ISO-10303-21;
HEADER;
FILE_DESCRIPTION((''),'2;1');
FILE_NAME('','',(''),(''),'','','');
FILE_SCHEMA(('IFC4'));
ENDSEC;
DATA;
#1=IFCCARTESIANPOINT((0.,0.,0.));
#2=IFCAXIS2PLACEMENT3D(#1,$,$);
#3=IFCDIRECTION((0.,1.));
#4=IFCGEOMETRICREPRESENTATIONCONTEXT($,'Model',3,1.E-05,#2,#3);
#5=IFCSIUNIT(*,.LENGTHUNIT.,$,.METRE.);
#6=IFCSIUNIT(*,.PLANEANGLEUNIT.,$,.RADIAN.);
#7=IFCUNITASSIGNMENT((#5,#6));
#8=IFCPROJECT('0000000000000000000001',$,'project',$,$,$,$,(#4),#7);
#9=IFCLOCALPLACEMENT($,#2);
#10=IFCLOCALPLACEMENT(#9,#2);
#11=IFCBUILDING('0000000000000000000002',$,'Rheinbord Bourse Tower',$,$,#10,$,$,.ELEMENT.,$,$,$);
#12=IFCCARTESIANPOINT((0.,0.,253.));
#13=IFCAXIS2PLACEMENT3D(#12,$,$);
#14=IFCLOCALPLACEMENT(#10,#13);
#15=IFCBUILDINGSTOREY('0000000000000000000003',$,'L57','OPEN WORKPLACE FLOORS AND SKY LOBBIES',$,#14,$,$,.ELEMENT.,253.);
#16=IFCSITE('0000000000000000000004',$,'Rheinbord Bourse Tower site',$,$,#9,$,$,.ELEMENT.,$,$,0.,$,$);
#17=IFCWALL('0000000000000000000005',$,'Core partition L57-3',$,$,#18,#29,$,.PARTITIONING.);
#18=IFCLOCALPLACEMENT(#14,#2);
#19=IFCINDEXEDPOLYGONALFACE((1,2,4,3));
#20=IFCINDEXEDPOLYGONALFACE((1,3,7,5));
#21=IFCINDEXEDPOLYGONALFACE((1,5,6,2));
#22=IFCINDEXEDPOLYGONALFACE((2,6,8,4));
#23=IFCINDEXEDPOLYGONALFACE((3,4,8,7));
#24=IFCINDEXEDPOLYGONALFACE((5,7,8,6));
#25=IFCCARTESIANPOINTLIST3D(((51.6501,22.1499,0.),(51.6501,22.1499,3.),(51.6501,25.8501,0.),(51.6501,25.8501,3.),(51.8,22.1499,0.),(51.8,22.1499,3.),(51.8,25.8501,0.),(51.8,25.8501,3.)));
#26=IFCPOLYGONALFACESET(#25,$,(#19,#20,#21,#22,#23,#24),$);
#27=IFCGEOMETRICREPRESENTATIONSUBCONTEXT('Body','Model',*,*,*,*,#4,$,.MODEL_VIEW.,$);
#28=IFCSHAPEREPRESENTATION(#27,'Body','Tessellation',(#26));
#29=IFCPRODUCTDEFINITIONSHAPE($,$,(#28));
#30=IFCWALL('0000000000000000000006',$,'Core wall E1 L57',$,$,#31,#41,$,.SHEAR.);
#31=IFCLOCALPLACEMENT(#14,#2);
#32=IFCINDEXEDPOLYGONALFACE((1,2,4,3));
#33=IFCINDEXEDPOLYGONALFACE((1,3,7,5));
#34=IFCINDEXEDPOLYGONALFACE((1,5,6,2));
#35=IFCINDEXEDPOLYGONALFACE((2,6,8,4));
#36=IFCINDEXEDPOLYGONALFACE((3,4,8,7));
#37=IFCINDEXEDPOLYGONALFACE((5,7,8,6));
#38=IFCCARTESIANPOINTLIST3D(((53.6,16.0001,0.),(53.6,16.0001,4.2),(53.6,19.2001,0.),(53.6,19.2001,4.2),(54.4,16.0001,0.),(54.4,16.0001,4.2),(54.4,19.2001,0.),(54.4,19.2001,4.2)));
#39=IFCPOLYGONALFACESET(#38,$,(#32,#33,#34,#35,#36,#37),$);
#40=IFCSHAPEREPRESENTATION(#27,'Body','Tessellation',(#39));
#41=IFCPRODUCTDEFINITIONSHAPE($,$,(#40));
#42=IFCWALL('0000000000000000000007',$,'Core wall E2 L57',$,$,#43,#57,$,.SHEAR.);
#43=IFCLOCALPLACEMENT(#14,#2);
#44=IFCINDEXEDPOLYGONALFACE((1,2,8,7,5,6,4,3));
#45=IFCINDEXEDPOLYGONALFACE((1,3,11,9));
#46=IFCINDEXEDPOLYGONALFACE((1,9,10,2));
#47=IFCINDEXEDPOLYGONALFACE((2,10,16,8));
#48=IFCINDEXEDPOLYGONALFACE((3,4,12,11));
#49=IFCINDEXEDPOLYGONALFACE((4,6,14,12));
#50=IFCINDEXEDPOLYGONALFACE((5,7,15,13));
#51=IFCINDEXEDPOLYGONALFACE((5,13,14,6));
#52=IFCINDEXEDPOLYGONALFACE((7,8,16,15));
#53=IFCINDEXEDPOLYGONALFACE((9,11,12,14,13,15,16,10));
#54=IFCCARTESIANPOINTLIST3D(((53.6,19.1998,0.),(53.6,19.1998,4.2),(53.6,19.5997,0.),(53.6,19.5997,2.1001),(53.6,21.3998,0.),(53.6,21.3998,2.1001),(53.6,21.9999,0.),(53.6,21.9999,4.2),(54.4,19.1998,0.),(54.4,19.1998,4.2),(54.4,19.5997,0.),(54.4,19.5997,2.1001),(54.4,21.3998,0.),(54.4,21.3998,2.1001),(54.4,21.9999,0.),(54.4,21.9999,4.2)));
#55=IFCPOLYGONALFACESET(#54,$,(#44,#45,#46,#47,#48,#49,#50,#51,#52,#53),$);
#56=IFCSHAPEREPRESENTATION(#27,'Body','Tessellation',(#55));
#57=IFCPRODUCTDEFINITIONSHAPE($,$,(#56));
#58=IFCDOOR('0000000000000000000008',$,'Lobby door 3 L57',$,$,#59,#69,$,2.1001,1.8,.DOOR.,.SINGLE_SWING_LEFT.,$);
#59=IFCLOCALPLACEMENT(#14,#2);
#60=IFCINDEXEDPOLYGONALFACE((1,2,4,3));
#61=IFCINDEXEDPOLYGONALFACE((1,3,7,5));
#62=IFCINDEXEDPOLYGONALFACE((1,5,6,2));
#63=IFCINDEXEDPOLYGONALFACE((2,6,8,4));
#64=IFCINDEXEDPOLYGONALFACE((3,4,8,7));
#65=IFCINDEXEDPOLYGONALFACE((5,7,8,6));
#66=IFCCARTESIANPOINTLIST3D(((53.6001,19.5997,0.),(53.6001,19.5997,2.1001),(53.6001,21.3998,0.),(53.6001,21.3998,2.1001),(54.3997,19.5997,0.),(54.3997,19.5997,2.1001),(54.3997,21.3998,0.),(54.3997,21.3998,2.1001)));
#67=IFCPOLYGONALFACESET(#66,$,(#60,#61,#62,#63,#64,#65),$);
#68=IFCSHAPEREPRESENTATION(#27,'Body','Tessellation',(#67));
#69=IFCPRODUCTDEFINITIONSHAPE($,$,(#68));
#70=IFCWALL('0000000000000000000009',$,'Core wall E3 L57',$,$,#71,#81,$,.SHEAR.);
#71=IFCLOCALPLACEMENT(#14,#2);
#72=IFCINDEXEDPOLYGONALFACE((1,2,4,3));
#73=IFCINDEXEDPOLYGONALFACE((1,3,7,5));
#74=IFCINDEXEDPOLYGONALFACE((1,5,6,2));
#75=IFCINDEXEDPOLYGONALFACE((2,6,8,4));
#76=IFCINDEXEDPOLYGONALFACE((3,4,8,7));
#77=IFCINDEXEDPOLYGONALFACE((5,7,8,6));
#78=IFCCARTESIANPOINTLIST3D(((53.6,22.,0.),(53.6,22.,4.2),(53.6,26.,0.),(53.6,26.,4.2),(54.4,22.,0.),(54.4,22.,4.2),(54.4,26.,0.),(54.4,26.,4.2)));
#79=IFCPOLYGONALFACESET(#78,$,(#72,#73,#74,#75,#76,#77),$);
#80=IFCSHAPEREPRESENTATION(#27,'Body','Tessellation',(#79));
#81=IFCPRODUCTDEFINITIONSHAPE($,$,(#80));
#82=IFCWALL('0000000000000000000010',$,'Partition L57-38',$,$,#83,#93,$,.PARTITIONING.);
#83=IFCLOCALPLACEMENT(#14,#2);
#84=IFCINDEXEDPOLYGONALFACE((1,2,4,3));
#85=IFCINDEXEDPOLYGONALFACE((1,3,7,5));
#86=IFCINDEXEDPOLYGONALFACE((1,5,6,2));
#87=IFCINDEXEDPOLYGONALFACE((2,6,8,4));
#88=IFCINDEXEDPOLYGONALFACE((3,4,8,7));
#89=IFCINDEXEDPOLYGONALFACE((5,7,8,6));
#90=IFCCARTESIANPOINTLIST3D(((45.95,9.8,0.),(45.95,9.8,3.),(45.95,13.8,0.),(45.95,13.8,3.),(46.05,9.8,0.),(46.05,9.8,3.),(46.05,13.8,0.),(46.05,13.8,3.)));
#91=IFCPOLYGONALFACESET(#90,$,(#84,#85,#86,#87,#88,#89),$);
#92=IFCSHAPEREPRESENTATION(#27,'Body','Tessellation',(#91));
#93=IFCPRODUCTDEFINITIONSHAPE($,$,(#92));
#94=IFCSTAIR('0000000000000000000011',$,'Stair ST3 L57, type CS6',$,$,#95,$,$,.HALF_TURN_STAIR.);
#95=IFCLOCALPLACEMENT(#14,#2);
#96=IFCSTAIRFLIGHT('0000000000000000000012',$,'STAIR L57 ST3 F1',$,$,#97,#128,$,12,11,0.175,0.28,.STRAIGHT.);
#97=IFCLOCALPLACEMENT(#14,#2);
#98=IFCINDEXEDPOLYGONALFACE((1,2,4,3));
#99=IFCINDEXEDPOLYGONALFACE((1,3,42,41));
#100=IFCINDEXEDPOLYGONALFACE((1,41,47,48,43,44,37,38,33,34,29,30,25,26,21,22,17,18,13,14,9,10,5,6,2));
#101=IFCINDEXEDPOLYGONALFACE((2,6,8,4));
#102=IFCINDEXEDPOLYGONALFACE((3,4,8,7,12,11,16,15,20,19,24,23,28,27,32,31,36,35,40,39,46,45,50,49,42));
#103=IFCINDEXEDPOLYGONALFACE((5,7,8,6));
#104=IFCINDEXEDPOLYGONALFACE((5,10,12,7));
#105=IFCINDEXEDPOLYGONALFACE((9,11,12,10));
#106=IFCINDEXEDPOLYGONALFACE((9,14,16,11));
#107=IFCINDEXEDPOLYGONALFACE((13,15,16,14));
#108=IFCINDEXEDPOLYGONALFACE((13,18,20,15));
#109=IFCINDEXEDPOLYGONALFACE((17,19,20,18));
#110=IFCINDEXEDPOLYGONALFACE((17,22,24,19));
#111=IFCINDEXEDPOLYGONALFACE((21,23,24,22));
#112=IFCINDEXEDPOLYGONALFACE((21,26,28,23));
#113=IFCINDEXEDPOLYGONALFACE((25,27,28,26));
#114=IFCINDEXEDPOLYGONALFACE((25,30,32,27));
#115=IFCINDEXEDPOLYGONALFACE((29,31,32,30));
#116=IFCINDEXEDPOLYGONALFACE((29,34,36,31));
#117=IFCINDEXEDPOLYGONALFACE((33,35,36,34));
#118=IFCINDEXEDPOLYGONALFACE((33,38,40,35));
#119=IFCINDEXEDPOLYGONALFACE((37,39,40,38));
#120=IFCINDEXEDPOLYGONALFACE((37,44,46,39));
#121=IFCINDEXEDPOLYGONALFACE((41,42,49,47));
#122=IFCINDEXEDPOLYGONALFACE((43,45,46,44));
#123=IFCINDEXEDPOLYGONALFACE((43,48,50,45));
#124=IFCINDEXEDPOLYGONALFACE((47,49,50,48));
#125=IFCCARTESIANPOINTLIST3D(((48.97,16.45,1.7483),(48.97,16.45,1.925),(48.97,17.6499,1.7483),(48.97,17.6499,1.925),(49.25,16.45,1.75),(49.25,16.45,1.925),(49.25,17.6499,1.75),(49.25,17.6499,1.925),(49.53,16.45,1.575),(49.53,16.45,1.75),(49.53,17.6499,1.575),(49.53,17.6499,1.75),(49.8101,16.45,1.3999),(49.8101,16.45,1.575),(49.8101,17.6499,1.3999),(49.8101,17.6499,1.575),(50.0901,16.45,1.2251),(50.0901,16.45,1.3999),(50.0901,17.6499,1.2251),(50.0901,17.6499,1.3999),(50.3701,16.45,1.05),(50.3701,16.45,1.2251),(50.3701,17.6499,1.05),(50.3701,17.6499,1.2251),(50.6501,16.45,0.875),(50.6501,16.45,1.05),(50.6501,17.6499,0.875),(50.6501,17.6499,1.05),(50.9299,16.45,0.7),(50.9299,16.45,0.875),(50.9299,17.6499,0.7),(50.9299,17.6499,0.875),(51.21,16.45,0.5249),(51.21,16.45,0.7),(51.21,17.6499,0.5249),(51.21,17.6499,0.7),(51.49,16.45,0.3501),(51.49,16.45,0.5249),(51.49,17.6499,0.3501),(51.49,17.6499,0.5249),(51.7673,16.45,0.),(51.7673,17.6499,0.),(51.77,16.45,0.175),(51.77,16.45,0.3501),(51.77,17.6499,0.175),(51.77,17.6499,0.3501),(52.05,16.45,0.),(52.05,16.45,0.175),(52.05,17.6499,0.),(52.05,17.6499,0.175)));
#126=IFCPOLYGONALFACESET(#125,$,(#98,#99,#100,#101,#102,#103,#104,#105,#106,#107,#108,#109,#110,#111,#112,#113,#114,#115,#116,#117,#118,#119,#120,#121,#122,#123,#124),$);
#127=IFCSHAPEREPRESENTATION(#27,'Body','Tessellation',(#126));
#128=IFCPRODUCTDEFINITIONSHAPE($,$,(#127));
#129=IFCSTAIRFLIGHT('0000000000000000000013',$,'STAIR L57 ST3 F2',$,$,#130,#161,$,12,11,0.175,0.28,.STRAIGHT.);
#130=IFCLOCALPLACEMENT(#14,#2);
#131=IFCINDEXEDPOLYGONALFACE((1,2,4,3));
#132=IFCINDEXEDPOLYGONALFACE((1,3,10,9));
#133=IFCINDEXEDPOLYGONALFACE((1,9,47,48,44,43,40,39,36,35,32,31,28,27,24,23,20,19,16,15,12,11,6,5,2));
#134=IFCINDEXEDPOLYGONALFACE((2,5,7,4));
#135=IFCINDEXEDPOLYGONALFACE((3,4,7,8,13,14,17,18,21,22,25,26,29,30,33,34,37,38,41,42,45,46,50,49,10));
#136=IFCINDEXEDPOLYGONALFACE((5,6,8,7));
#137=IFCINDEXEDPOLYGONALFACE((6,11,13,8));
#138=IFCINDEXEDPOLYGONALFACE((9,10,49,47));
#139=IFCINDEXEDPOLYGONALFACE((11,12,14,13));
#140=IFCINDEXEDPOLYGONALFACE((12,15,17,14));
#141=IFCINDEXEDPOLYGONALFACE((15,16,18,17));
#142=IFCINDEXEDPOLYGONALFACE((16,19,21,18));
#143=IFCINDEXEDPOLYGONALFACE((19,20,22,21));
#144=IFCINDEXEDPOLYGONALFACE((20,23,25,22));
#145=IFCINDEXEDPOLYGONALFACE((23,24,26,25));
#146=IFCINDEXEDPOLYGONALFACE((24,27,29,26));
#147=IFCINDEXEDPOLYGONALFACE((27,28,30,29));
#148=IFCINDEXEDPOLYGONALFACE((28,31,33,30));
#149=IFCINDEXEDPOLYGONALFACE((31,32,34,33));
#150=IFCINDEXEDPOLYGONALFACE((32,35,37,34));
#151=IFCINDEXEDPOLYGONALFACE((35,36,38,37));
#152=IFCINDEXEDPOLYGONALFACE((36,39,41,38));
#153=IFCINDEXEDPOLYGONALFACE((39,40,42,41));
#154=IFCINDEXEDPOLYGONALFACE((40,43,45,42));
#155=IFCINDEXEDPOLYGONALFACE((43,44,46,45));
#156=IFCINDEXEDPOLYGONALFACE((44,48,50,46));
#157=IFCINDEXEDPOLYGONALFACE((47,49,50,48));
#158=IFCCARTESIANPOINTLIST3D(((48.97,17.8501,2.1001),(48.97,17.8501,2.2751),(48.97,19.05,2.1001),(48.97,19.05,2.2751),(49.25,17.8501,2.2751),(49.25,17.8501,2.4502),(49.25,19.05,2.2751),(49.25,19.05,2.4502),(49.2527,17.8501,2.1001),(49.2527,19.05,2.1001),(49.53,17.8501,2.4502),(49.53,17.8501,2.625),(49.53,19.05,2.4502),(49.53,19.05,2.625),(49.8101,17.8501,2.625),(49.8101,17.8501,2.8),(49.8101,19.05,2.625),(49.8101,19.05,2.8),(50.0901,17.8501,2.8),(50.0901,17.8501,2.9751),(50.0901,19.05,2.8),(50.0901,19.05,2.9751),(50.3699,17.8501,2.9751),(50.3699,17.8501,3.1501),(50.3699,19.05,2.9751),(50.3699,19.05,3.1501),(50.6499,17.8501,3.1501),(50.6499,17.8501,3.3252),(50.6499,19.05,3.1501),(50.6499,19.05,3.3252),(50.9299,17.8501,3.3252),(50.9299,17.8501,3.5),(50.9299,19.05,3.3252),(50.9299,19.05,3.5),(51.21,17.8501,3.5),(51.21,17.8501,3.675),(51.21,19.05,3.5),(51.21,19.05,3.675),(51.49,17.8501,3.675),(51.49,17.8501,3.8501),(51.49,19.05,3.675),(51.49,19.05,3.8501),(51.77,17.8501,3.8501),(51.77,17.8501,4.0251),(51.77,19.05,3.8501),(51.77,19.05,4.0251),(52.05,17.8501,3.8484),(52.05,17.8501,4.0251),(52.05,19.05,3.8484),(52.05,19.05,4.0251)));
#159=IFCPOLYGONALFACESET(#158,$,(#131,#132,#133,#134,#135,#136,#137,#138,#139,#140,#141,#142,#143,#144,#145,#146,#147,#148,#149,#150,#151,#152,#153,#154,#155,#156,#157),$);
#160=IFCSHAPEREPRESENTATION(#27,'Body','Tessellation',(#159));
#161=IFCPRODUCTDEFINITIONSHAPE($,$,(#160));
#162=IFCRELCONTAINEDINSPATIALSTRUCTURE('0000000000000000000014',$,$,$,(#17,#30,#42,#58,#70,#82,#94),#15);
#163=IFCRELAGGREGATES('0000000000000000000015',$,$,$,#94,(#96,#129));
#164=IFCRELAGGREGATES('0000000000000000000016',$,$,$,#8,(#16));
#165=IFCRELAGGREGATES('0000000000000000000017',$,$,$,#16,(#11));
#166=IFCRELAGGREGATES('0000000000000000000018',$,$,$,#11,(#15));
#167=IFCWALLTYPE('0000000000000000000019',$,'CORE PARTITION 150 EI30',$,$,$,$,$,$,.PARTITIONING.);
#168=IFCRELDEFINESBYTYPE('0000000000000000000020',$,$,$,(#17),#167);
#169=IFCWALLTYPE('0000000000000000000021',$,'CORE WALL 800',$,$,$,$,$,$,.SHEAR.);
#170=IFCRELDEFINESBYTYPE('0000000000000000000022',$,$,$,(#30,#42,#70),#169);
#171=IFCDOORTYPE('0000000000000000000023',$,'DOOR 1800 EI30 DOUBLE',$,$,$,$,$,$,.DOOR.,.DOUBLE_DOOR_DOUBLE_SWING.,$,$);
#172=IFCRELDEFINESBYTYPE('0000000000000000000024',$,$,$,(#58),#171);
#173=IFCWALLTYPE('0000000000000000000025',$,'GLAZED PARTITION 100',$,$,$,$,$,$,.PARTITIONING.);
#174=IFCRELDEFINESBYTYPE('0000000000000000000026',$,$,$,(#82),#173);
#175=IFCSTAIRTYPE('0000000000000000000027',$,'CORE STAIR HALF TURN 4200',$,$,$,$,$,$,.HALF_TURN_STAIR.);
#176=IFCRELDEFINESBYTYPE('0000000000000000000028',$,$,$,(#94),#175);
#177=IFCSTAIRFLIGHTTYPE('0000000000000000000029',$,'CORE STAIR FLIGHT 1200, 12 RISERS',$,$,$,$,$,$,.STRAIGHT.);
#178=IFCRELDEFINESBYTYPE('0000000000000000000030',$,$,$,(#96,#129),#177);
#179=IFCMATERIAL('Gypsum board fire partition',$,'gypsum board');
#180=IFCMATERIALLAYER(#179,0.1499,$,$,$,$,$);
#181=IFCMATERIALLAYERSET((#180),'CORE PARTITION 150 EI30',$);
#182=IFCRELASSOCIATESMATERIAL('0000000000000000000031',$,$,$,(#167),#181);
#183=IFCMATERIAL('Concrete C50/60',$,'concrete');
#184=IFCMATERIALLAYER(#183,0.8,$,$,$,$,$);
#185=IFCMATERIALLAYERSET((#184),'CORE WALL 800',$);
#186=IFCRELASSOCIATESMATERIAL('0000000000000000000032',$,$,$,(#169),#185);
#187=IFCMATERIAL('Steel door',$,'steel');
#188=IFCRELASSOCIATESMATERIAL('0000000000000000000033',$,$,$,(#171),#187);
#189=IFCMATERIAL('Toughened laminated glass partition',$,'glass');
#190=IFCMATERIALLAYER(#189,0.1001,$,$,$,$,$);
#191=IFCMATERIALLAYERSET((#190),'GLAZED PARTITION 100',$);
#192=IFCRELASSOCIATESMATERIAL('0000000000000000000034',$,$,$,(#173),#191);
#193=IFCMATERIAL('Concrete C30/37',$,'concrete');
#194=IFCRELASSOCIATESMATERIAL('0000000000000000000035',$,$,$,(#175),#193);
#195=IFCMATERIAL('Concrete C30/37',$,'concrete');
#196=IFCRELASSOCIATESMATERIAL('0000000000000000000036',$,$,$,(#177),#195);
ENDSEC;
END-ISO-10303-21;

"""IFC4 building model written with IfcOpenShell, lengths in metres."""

from ifc_helpers import new_model, si_unit, direction, frame, frame_2d, origin, place, context, subcontext, project, spatial, polyline, rectangle, outline, extrude, material, layer, layer_set, type_object, element, fill, aggregate, save


model = new_model("IFC4")

# Units and contexts
model_context = context("Model", 3, precision=1e-05, world=origin(), true_north=direction((0.0, 1.0)))
body_context = subcontext(model_context, "Body", "Model", "MODEL_VIEW")
ifc_project = project(units=[si_unit("LENGTHUNIT", "METRE"), si_unit("PLANEANGLEUNIT", "RADIAN")], contexts=[model_context])

# Site, building, storey
site_placement = place(None, origin())
site = spatial("IfcSite", under=ifc_project, at=site_placement, Name="Rheinbord Bourse Tower site", CompositionType="ELEMENT", RefElevation=0.0)
building_placement = place(site_placement, origin())
building = spatial("IfcBuilding", under=site, at=building_placement, Name="Rheinbord Bourse Tower", CompositionType="ELEMENT")
storey_placement = place(building_placement, frame((0.0, 0.0, 253.0)))
storey = spatial("IfcBuildingStorey", under=building, at=storey_placement, Name="L57", Description="OPEN WORKPLACE FLOORS AND SKY LOBBIES", CompositionType="ELEMENT", Elevation=253.0)

# Walls
ifc_material_1 = material(Name="Gypsum board fire partition", Category="gypsum board")
ifc_layer_1 = layer(ifc_material_1, 0.1499)
ifc_layer_set_1 = layer_set([ifc_layer_1], Name="CORE PARTITION 150 EI30")
wall_type_1 = type_object("IfcWallType", Name="CORE PARTITION 150 EI30", PredefinedType="PARTITIONING", material=ifc_layer_set_1)
wall_1_placement = place(storey_placement, frame((51.7251, 22.1499, 0.0), z_axis=(0.0, 0.0, 1.0), x_axis=(0.0, 1.0, 0.0)))
element("IfcWall", 1, at=wall_1_placement, inside=storey, type_object=wall_type_1, Name="Core partition L57-3", PredefinedType="PARTITIONING", context=body_context, shape_type="SweptSolid", body=[
    extrude(rectangle(XDim=3.7002, YDim=0.1499, at=frame_2d((1.8501, 0.0))), origin(), (0.0, 0.0, 1.0), 3.0),
])
ifc_material_2 = material(Name="Concrete C50/60", Category="concrete")
ifc_layer_2 = layer(ifc_material_2, 0.8)
ifc_layer_set_2 = layer_set([ifc_layer_2], Name="CORE WALL 800")
wall_type_2 = type_object("IfcWallType", Name="CORE WALL 800", PredefinedType="SHEAR", material=ifc_layer_set_2)
wall_2_placement = place(storey_placement, frame((54.0, 16.0, 0.0), z_axis=(0.0, 0.0, 1.0), x_axis=(0.0, 1.0, 0.0)))
element("IfcWall", 2, at=wall_2_placement, inside=storey, type_object=wall_type_2, Name="Core wall E1 L57", PredefinedType="SHEAR", context=body_context, shape_type="SweptSolid", body=[
    extrude(rectangle(XDim=3.2, YDim=0.8, at=frame_2d((1.6001, 0.0))), origin(), (0.0, 0.0, 1.0), 4.2),
])

# Wall, opening, door
wall_3_placement = place(storey_placement, frame((54.0, 19.2, 0.0), z_axis=(0.0, 0.0, 1.0), x_axis=(0.0, 1.0, 0.0)))
wall_3 = element("IfcWall", 3, at=wall_3_placement, inside=storey, type_object=wall_type_2, Name="Core wall E2 L57", PredefinedType="SHEAR", context=body_context, shape_type="SweptSolid", body=[
    extrude(rectangle(XDim=2.8, YDim=0.8, at=frame_2d((1.3999, 0.0))), origin(), (0.0, 0.0, 1.0), 4.2),
])
opening_1_placement = place(wall_3_placement, frame((0.3999, 0.0, 0.0)))
opening_1 = element("IfcOpeningElement", 4, at=opening_1_placement, cuts=wall_3, PredefinedType="OPENING", context=body_context, shape_type="SweptSolid", body=[
    extrude(rectangle(XDim=1.8, YDim=2.1001, at=frame_2d((0.8999, 1.05))), frame((0.0, 0.4099, 0.0), z_axis=(0.0, -1.0, 0.0), x_axis=(1.0, 0.0, 0.0)), (0.0, 0.0, 1.0), 0.8201),
])
ifc_material_3 = material(Name="Steel door", Category="steel")
door_type_1 = type_object("IfcDoorType", Name="DOOR 1800 EI30 DOUBLE", OperationType="DOUBLE_DOOR_DOUBLE_SWING", PredefinedType="DOOR", material=ifc_material_3)
door_1_placement = place(opening_1_placement, origin())
door_1 = element("IfcDoor", 5, at=door_1_placement, inside=storey, type_object=door_type_1, Name="Lobby door 3 L57", OperationType="SINGLE_SWING_LEFT", OverallHeight=2.1001, OverallWidth=1.8, PredefinedType="DOOR", context=body_context, shape_type="SweptSolid", body=[
    extrude(rectangle(XDim=1.8, YDim=2.1001, at=frame_2d((0.8999, 1.05))), frame((0.0, 0.3999, 0.0), z_axis=(0.0, -1.0, 0.0), x_axis=(1.0, 0.0, 0.0)), (0.0, 0.0, 1.0), 0.7996),
])
fill(opening_1, door_1)

# Walls
wall_4_placement = place(storey_placement, frame((54.0, 22.0, 0.0), z_axis=(0.0, 0.0, 1.0), x_axis=(0.0, 1.0, 0.0)))
element("IfcWall", 6, at=wall_4_placement, inside=storey, type_object=wall_type_2, Name="Core wall E3 L57", PredefinedType="SHEAR", context=body_context, shape_type="SweptSolid", body=[
    extrude(rectangle(XDim=4.0, YDim=0.8, at=frame_2d((2.0, 0.0))), origin(), (0.0, 0.0, 1.0), 4.2),
])
ifc_material_4 = material(Name="Toughened laminated glass partition", Category="glass")
ifc_layer_3 = layer(ifc_material_4, 0.1001)
ifc_layer_set_3 = layer_set([ifc_layer_3], Name="GLAZED PARTITION 100")
wall_type_3 = type_object("IfcWallType", Name="GLAZED PARTITION 100", PredefinedType="PARTITIONING", material=ifc_layer_set_3)
wall_5_placement = place(storey_placement, frame((46.0, 9.8, 0.0), z_axis=(0.0, 0.0, 1.0), x_axis=(0.0, 1.0, 0.0)))
element("IfcWall", 7, at=wall_5_placement, inside=storey, type_object=wall_type_3, Name="Partition L57-38", PredefinedType="PARTITIONING", context=body_context, shape_type="SweptSolid", body=[
    extrude(rectangle(XDim=4.0, YDim=0.1001, at=frame_2d((2.0, 0.0))), origin(), (0.0, 0.0, 1.0), 3.0),
])

# Stair, stair flights
ifc_material_5 = material(Name="Concrete C30/37", Category="concrete")
stair_type = type_object("IfcStairType", Name="CORE STAIR HALF TURN 4200", PredefinedType="HALF_TURN_STAIR", material=ifc_material_5)
stair_placement = place(storey_placement, origin())
stair = element("IfcStair", 8, at=stair_placement, inside=storey, type_object=stair_type, Name="Stair ST3 L57, type CS6", PredefinedType="HALF_TURN_STAIR")
ifc_material_6 = material(Name="Concrete C30/37", Category="concrete")
stair_flight_type = type_object("IfcStairFlightType", Name="CORE STAIR FLIGHT 1200, 12 RISERS", PredefinedType="STRAIGHT", material=ifc_material_6)
stair_flight_1_placement = place(storey_placement, frame((52.05, 17.05, 0.0), z_axis=(0.0, 0.0, 1.0), x_axis=(-1.0, 0.0, 0.0)))
stair_flight_1 = element("IfcStairFlight", 9, at=stair_flight_1_placement, type_object=stair_flight_type, Name="STAIR L57 ST3 F1", NumberOfRisers=12, NumberOfTreads=11, PredefinedType="STRAIGHT", RiserHeight=0.175, TreadLength=0.28, context=body_context, shape_type="SweptSolid", body=[
    extrude(outline(polyline([(0.0, 0.0), (0.0, 0.175), (0.28, 0.175), (0.28, 0.3501), (0.5601, 0.3501), (0.5601, 0.5249), (0.8401, 0.5249), (0.8401, 0.7), (1.1201, 0.7), (1.1201, 0.875), (1.3999, 0.875), (1.3999, 1.05), (1.6799, 1.05), (1.6799, 1.2251), (1.96, 1.2251), (1.96, 1.3999), (2.24, 1.3999), (2.24, 1.575), (2.52, 1.575), (2.52, 1.75), (2.8, 1.75), (2.8, 1.925), (3.0801, 1.925), (3.0801, 2.1001), (3.0801, 1.7483), (0.2827, 0.0), (0.0, 0.0)])), frame((0.0, 0.6001, 0.0), z_axis=(0.0, -1.0, 0.0), x_axis=(1.0, 0.0, 0.0)), (0.0, 0.0, 1.0), 1.2),
])
stair_flight_2_placement = place(storey_placement, frame((48.97, 18.45, 2.1001), z_axis=(0.0, 0.0, 1.0), x_axis=(1.0, 0.0, 0.0)))
stair_flight_2 = element("IfcStairFlight", 10, at=stair_flight_2_placement, type_object=stair_flight_type, Name="STAIR L57 ST3 F2", NumberOfRisers=12, NumberOfTreads=11, PredefinedType="STRAIGHT", RiserHeight=0.175, TreadLength=0.28, context=body_context, shape_type="SweptSolid", body=[
    extrude(outline(polyline([(0.0, 0.0), (0.0, 0.175), (0.28, 0.175), (0.28, 0.3501), (0.5601, 0.3501), (0.5601, 0.5249), (0.8401, 0.5249), (0.8401, 0.7), (1.1201, 0.7), (1.1201, 0.875), (1.3999, 0.875), (1.3999, 1.05), (1.6799, 1.05), (1.6799, 1.2251), (1.96, 1.2251), (1.96, 1.3999), (2.24, 1.3999), (2.24, 1.575), (2.52, 1.575), (2.52, 1.75), (2.8, 1.75), (2.8, 1.925), (3.0801, 1.925), (3.0801, 2.1001), (3.0801, 1.7483), (0.2827, 0.0), (0.0, 0.0)])), frame((0.0, 0.6001, 0.0), z_axis=(0.0, -1.0, 0.0), x_axis=(1.0, 0.0, 0.0)), (0.0, 0.0, 1.0), 1.2),
])
aggregate(stair, [stair_flight_1, stair_flight_2])

save(model, "model.ifc")
